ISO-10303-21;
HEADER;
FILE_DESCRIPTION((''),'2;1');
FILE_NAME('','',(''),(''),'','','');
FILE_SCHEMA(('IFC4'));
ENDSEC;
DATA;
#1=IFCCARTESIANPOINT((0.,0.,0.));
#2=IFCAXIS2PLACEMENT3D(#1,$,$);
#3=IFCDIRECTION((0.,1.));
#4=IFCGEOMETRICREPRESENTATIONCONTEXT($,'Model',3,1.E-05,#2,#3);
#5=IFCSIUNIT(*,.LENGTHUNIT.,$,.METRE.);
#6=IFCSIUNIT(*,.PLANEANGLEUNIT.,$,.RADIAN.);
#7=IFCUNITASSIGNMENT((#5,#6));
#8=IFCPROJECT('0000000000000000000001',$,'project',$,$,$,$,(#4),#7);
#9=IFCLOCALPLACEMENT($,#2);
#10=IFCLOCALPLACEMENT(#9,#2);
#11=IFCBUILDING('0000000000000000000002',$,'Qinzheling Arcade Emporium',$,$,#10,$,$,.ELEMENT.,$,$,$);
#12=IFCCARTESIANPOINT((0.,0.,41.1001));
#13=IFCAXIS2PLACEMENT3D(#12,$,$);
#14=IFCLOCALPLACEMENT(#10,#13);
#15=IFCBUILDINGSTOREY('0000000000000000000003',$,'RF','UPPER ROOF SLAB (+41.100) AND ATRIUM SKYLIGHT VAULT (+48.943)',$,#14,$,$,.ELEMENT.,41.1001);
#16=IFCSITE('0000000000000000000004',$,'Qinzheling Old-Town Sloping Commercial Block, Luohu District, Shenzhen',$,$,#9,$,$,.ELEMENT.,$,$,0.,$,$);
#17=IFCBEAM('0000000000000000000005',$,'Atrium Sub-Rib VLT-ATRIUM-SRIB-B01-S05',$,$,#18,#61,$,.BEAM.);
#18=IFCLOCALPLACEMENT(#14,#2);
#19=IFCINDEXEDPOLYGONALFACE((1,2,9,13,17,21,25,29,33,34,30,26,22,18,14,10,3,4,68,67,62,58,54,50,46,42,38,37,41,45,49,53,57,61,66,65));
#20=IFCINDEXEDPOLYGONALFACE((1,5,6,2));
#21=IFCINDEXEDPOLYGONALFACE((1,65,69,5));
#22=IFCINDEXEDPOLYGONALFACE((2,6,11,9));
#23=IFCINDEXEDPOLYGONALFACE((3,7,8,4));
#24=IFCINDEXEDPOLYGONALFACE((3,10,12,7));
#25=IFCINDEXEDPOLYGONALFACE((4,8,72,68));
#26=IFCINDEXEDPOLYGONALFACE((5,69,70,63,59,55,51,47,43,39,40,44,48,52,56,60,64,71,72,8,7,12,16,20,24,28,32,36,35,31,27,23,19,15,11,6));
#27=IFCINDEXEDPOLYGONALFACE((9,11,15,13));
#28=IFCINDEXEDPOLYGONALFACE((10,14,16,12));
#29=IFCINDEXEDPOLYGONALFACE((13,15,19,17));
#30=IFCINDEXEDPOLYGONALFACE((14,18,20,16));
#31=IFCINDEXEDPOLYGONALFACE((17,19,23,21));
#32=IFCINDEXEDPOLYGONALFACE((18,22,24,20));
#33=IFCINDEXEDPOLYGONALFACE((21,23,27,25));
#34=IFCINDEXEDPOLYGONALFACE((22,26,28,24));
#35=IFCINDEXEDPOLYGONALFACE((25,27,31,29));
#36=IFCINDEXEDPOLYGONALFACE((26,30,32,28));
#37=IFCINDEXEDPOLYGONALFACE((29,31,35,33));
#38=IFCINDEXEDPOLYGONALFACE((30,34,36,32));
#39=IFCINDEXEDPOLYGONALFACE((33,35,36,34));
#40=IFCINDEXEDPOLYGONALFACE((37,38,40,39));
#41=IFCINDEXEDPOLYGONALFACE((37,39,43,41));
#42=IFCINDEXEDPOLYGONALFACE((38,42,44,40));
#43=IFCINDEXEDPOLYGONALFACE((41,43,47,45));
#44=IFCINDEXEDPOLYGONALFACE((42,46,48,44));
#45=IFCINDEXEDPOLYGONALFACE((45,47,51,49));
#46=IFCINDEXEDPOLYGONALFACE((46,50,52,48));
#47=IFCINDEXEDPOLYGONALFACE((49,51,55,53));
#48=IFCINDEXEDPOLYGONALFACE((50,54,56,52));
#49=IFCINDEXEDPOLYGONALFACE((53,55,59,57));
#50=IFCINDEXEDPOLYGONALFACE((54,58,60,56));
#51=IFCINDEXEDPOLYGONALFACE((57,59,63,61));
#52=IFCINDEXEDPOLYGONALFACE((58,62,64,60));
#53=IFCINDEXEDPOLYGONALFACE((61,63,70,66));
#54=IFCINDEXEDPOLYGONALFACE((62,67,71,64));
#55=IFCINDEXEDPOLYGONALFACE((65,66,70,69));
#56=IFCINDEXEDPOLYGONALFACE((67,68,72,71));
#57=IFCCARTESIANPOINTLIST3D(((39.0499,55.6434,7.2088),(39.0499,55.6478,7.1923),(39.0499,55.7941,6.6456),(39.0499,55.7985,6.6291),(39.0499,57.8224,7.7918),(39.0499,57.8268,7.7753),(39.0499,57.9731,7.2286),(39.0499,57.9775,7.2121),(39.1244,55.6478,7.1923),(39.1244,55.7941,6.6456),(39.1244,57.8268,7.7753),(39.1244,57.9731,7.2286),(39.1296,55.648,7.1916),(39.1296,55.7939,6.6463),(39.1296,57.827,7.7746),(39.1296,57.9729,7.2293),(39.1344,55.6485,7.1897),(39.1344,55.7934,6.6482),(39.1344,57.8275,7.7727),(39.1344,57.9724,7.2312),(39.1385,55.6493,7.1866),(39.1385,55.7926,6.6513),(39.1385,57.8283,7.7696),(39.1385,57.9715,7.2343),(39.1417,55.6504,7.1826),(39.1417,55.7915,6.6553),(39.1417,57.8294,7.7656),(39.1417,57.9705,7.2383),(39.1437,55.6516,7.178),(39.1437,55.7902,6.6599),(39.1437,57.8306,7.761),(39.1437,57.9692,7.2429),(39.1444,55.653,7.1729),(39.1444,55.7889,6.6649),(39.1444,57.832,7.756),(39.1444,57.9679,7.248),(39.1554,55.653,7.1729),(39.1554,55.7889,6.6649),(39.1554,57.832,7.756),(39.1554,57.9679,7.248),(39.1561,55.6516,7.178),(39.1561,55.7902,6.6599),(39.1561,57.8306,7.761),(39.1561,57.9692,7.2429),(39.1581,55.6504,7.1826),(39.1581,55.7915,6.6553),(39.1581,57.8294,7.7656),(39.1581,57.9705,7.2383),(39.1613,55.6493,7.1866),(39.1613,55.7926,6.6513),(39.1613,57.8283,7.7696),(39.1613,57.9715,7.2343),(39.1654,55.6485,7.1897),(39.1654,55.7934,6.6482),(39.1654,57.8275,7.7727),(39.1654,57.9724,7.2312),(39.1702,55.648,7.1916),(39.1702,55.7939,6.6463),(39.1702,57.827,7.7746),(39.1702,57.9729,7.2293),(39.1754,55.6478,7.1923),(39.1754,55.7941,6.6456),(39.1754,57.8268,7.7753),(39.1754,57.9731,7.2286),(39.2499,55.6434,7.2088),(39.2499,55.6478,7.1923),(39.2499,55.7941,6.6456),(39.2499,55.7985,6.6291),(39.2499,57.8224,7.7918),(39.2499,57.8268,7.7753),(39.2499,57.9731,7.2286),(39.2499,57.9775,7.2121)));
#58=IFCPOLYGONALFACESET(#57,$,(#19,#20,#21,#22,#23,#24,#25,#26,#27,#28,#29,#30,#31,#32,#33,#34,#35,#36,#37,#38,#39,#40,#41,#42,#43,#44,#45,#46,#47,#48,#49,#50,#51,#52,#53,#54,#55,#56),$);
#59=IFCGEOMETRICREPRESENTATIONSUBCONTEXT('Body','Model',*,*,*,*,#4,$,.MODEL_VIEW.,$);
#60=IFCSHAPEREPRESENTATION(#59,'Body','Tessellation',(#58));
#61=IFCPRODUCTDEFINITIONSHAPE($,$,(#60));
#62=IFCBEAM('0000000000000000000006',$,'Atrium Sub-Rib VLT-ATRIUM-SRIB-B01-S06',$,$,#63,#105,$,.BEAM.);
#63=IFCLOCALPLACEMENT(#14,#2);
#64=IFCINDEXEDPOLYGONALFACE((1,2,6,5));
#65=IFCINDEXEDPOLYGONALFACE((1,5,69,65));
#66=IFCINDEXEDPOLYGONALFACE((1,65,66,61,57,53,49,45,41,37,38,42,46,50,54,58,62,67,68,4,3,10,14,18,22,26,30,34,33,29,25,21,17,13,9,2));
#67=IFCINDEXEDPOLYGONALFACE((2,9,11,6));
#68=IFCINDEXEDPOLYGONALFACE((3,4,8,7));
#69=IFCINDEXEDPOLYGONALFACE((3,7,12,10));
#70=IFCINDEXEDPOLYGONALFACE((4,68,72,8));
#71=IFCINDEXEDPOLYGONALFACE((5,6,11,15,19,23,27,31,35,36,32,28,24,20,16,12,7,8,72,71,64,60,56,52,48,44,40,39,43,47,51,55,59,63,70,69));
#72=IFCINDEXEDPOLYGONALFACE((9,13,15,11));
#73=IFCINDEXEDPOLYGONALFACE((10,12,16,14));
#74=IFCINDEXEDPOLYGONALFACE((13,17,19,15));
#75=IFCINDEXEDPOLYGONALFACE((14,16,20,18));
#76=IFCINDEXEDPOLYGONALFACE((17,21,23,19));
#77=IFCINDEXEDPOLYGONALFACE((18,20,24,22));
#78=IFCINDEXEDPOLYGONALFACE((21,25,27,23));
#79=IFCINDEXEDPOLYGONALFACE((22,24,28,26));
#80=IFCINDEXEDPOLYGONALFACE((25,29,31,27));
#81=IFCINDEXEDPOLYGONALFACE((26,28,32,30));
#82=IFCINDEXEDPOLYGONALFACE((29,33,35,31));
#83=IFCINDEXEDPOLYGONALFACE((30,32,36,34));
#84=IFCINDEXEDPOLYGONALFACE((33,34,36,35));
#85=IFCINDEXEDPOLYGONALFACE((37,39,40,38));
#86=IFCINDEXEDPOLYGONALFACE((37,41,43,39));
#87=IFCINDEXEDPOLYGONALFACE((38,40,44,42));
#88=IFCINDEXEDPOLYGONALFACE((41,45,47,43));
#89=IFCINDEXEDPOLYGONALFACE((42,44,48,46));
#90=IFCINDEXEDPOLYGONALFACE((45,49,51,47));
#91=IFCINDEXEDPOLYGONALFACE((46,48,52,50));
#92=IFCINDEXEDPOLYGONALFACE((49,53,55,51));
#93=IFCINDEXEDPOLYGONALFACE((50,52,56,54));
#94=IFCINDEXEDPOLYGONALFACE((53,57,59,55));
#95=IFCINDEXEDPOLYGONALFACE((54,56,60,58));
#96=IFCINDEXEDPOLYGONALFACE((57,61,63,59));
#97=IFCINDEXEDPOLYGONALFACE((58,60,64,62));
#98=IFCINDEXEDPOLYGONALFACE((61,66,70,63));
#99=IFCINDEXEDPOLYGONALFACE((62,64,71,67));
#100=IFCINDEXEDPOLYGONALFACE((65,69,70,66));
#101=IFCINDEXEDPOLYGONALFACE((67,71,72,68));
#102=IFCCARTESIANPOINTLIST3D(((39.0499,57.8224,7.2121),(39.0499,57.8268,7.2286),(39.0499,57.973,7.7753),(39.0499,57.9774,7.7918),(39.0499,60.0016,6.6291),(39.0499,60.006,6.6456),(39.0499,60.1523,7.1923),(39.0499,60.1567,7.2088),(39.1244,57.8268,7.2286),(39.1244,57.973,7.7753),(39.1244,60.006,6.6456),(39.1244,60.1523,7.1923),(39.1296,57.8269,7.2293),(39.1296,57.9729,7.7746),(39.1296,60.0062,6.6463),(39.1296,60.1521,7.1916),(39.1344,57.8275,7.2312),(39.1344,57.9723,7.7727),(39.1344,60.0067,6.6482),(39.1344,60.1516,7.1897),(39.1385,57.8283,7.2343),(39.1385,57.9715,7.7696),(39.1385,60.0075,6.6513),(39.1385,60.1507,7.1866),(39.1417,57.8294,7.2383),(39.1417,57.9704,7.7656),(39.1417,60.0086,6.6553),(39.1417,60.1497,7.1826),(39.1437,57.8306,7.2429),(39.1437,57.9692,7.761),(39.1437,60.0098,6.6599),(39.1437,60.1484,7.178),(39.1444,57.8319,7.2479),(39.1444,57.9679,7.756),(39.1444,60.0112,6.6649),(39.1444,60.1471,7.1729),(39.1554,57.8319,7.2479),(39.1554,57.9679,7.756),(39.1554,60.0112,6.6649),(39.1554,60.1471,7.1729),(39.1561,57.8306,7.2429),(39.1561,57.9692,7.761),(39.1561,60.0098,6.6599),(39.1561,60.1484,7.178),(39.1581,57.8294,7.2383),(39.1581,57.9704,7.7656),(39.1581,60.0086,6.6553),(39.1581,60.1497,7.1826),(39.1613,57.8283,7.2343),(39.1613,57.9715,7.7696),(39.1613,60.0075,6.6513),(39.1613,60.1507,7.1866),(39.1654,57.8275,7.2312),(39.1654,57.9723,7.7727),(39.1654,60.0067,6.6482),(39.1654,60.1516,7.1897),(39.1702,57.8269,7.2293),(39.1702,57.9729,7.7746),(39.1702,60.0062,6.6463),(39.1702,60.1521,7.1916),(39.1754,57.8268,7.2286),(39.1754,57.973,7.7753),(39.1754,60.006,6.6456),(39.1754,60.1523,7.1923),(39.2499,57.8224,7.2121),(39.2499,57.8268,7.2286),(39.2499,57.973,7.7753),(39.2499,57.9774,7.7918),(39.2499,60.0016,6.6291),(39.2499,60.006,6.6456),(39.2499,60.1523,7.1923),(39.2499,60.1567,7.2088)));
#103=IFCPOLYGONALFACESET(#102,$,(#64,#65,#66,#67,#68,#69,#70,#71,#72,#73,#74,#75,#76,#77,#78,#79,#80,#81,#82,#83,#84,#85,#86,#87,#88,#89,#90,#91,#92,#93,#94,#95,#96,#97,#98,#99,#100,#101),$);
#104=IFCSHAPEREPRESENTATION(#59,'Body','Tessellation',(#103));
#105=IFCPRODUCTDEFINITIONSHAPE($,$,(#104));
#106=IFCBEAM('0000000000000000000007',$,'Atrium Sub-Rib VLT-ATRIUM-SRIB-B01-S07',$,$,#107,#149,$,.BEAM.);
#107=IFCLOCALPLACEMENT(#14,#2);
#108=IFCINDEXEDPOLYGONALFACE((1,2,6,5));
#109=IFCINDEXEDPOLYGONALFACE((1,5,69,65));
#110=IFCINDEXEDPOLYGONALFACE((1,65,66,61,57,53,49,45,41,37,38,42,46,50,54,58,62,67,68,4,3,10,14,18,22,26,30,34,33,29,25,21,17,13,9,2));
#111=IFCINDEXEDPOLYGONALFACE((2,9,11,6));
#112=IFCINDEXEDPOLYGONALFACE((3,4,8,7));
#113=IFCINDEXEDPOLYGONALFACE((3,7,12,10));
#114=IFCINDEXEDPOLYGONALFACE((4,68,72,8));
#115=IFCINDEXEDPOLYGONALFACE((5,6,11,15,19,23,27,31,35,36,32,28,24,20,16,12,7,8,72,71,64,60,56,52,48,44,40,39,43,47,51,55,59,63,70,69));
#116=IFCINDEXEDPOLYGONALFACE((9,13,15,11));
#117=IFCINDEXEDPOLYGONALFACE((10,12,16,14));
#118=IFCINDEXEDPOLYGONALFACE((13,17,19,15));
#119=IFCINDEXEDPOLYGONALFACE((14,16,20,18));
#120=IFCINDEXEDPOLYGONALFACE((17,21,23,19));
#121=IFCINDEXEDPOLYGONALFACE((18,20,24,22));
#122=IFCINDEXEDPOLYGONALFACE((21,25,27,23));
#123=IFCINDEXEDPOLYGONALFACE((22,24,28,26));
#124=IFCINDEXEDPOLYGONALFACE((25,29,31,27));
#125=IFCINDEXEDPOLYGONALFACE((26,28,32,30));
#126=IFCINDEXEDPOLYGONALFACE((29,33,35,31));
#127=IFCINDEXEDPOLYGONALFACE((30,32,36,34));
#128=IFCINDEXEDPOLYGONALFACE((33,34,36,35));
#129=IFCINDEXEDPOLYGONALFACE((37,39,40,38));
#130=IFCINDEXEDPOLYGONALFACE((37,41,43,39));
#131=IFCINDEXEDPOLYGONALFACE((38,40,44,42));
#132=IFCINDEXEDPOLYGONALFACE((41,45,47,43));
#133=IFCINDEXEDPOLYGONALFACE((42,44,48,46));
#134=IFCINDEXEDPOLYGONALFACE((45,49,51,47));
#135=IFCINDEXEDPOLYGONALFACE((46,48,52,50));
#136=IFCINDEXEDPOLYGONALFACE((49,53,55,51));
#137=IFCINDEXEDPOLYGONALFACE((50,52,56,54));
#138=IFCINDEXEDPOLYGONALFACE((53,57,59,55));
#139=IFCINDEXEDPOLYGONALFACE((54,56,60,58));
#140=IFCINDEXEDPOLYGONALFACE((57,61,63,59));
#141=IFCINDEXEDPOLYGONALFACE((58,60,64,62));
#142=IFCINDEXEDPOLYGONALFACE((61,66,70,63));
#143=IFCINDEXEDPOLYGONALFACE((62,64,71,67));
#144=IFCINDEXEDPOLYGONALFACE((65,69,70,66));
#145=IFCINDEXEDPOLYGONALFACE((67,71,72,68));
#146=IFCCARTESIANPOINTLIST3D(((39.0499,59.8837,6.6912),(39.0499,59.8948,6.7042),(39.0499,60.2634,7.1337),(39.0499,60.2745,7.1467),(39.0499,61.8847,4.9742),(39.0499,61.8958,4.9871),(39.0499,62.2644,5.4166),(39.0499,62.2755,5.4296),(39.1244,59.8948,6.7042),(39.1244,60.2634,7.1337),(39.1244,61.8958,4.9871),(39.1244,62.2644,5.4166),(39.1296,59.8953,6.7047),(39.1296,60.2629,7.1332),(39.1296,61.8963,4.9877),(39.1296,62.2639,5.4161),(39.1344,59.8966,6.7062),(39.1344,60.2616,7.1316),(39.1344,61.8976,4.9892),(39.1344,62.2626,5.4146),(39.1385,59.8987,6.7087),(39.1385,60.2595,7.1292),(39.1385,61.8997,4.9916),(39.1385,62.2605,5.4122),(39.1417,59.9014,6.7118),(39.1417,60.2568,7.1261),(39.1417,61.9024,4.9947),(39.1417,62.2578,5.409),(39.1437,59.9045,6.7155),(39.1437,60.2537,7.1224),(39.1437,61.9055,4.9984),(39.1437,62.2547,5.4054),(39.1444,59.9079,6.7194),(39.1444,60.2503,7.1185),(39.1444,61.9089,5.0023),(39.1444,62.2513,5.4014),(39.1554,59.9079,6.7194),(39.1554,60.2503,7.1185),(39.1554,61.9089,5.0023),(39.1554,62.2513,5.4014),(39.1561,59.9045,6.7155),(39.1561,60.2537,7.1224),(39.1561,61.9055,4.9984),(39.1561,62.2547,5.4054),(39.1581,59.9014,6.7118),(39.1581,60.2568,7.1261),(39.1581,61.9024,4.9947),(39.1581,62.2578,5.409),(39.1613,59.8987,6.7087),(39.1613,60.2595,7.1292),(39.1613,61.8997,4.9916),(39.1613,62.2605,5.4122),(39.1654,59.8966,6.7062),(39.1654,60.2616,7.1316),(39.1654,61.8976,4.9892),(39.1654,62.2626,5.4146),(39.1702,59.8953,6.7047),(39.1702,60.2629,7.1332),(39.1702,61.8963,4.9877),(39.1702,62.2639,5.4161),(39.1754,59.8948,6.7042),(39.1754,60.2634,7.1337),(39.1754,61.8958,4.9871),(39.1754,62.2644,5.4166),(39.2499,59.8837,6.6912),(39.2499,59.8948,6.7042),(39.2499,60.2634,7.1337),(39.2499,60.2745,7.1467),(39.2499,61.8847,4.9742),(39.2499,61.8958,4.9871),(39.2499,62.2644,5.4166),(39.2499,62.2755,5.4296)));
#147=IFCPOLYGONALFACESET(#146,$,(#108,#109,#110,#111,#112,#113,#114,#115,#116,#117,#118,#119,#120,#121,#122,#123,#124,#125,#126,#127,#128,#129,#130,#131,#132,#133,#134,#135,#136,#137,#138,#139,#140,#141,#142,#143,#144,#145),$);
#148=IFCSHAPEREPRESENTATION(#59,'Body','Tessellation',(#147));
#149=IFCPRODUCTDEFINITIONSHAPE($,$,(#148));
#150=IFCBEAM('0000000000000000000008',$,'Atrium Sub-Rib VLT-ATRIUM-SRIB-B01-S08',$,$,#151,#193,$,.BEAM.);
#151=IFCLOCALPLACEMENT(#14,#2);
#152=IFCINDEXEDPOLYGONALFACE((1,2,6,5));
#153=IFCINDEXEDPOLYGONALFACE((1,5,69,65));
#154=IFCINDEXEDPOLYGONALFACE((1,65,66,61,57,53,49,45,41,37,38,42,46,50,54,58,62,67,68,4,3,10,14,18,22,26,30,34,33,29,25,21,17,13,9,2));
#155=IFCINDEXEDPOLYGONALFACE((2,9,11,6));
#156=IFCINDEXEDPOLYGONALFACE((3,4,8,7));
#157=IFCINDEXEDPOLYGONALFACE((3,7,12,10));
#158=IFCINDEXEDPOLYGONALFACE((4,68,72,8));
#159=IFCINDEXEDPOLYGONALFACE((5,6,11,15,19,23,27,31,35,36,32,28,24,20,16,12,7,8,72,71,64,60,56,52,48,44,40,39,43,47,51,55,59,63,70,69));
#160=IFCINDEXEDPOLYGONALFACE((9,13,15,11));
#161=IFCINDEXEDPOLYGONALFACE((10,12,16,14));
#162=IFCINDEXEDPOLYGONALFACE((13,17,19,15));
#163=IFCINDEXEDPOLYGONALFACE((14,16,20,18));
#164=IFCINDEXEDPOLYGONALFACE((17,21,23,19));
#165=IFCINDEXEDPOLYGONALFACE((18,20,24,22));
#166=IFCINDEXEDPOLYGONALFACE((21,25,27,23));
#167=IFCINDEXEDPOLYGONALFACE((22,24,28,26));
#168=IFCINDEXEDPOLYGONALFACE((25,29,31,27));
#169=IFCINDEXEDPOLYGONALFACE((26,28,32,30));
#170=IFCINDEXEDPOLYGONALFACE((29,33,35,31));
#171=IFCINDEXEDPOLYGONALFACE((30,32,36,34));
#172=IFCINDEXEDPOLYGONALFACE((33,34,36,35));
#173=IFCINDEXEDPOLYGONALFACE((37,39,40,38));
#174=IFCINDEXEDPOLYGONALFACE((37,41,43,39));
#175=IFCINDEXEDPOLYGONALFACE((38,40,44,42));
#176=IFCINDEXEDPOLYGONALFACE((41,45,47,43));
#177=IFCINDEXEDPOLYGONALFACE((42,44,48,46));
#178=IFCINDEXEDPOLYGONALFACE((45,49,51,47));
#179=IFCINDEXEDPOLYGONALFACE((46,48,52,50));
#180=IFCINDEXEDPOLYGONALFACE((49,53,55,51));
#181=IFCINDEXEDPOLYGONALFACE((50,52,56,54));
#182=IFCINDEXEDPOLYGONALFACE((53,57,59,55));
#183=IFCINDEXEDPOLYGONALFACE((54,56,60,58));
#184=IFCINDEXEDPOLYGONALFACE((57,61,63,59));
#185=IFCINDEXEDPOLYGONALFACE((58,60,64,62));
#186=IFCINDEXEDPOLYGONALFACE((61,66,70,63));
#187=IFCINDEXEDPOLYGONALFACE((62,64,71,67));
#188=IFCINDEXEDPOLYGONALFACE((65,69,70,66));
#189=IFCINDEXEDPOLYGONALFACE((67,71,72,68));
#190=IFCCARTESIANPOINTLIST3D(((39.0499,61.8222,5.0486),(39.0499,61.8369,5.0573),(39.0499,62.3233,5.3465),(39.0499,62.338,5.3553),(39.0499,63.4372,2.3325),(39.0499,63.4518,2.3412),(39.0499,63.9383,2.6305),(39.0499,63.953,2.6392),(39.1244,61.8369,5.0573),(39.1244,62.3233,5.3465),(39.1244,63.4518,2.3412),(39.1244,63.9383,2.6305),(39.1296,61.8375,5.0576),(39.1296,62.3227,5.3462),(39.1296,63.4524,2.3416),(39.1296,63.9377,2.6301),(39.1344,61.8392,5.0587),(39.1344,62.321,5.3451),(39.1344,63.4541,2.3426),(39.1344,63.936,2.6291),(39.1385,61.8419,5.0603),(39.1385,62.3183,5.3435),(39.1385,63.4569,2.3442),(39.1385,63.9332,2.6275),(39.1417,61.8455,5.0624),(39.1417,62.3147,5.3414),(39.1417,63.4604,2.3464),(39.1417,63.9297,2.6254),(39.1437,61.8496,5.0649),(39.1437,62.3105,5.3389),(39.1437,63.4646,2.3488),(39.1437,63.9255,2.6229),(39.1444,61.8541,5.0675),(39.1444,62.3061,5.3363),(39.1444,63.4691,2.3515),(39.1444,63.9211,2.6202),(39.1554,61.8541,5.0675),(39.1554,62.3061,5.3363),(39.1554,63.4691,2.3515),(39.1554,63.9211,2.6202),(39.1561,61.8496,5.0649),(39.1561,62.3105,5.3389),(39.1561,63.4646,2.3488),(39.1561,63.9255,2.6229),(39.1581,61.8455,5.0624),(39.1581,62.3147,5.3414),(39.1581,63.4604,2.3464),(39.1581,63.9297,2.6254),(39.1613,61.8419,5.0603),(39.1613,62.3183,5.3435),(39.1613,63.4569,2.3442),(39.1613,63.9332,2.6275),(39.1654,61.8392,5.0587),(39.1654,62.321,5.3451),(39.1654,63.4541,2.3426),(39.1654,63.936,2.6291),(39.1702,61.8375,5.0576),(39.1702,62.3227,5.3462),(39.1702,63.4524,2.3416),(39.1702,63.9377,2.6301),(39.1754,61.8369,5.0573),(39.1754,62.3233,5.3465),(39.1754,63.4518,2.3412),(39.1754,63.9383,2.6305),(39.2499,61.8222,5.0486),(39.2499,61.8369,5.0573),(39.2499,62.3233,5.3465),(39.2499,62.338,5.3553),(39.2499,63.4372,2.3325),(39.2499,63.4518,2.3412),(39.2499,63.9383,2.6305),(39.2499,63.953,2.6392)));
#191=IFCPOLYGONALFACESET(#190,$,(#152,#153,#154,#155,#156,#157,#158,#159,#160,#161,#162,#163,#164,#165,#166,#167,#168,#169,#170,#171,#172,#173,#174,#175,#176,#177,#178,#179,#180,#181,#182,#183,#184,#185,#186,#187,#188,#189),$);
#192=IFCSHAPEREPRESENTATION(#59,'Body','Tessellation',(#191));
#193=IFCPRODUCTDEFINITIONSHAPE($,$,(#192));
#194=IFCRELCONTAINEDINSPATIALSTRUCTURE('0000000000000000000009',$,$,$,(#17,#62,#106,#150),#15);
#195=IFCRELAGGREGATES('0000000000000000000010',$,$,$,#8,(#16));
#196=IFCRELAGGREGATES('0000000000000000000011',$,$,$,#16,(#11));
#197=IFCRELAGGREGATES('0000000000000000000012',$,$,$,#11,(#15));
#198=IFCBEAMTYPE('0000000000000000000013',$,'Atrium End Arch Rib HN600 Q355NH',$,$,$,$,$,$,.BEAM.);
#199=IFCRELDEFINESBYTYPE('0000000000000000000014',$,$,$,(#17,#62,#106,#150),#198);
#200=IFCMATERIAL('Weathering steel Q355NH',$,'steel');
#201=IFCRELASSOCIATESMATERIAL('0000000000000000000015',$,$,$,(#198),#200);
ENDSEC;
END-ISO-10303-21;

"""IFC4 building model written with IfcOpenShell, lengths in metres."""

from ifc_helpers import new_model, si_unit, direction, frame, origin, origin_2d, place, context, subcontext, project, spatial, i_section, extrude, material, material_profile, profile_set, type_object, element, save


model = new_model("IFC4")

# Units and contexts
model_context = context("Model", 3, precision=1e-05, world=origin(), true_north=direction((0.0, 1.0)))
body_context = subcontext(model_context, "Body", "Model", "MODEL_VIEW")
ifc_project = project(units=[si_unit("LENGTHUNIT", "METRE"), si_unit("PLANEANGLEUNIT", "RADIAN")], contexts=[model_context])

# Site, building, storey
site_placement = place(None, origin())
site = spatial("IfcSite", under=ifc_project, at=site_placement, Name="Qinzheling Old-Town Sloping Commercial Block, Luohu District, Shenzhen", CompositionType="ELEMENT", RefElevation=0.0)
building_placement = place(site_placement, origin())
building = spatial("IfcBuilding", under=site, at=building_placement, Name="Qinzheling Arcade Emporium", CompositionType="ELEMENT")
storey_placement = place(building_placement, frame((0.0, 0.0, 41.1001)))
storey = spatial("IfcBuildingStorey", under=building, at=storey_placement, Name="RF", Description="UPPER ROOF SLAB (+41.100) AND ATRIUM SKYLIGHT VAULT (+48.943)", CompositionType="ELEMENT", Elevation=41.1001)

# Beams
ifc_material_1 = material(Name="Weathering steel Q355NH", Category="steel")
ifc_material_profile_1 = material_profile(ifc_material_1, i_section(OverallWidth=0.2, OverallDepth=0.6001, WebThickness=0.011, FlangeThickness=0.0171, FilletRadius=0.02, at=origin_2d()), Name="HN 600x200x11x17", Category="steel")
ifc_profile_set_1 = profile_set([ifc_material_profile_1], Name="Weathering steel Q355NH")
beam_type = type_object("IfcBeamType", Name="Atrium End Arch Rib HN600 Q355NH", PredefinedType="BEAM", material=ifc_profile_set_1)
beam_1_placement = place(storey_placement, frame((39.1499, 55.7209, 6.9189), z_axis=(0.0, 0.966019, 0.258471), x_axis=(-1.0, 0.0, 0.0)))
element("IfcBeam", 1, at=beam_1_placement, inside=storey, type_object=beam_type, Name="Atrium Sub-Rib VLT-ATRIUM-SRIB-B01-S05", PredefinedType="BEAM", context=body_context, shape_type="SweptSolid", body=[
    extrude(i_section(OverallWidth=0.2, OverallDepth=0.6001, WebThickness=0.011, FlangeThickness=0.0171, FilletRadius=0.02, at=origin_2d()), origin(), (0.0, 0.0, 1.0), 2.2556),
])
beam_2_placement = place(storey_placement, frame((39.1499, 57.8999, 7.502), z_axis=(0.0, 0.966026, -0.258444), x_axis=(-1.0, 0.0, 0.0)))
element("IfcBeam", 2, at=beam_2_placement, inside=storey, type_object=beam_type, Name="Atrium Sub-Rib VLT-ATRIUM-SRIB-B01-S06", PredefinedType="BEAM", context=body_context, shape_type="SweptSolid", body=[
    extrude(i_section(OverallWidth=0.2, OverallDepth=0.6001, WebThickness=0.011, FlangeThickness=0.0171, FilletRadius=0.02, at=origin_2d()), origin(), (0.0, 0.0, 1.0), 2.2559),
])
beam_3_placement = place(storey_placement, frame((39.1499, 60.0791, 6.9189), z_axis=(0.0, 0.758897, -0.651211), x_axis=(-1.0, 0.0, 0.0)))
element("IfcBeam", 3, at=beam_3_placement, inside=storey, type_object=beam_type, Name="Atrium Sub-Rib VLT-ATRIUM-SRIB-B01-S07", PredefinedType="BEAM", context=body_context, shape_type="SweptSolid", body=[
    extrude(i_section(OverallWidth=0.2, OverallDepth=0.6001, WebThickness=0.011, FlangeThickness=0.0171, FilletRadius=0.02, at=origin_2d()), origin(), (0.0, 0.0, 1.0), 2.6367),
])
beam_4_placement = place(storey_placement, frame((39.1499, 62.0801, 5.2019), z_axis=(0.0, 0.511083, -0.859531), x_axis=(-1.0, 0.0, 0.0)))
element("IfcBeam", 4, at=beam_4_placement, inside=storey, type_object=beam_type, Name="Atrium Sub-Rib VLT-ATRIUM-SRIB-B01-S08", PredefinedType="BEAM", context=body_context, shape_type="SweptSolid", body=[
    extrude(i_section(OverallWidth=0.2, OverallDepth=0.6001, WebThickness=0.011, FlangeThickness=0.0171, FilletRadius=0.02, at=origin_2d()), origin(), (0.0, 0.0, 1.0), 3.1599),
])

save(model, "model.ifc")
